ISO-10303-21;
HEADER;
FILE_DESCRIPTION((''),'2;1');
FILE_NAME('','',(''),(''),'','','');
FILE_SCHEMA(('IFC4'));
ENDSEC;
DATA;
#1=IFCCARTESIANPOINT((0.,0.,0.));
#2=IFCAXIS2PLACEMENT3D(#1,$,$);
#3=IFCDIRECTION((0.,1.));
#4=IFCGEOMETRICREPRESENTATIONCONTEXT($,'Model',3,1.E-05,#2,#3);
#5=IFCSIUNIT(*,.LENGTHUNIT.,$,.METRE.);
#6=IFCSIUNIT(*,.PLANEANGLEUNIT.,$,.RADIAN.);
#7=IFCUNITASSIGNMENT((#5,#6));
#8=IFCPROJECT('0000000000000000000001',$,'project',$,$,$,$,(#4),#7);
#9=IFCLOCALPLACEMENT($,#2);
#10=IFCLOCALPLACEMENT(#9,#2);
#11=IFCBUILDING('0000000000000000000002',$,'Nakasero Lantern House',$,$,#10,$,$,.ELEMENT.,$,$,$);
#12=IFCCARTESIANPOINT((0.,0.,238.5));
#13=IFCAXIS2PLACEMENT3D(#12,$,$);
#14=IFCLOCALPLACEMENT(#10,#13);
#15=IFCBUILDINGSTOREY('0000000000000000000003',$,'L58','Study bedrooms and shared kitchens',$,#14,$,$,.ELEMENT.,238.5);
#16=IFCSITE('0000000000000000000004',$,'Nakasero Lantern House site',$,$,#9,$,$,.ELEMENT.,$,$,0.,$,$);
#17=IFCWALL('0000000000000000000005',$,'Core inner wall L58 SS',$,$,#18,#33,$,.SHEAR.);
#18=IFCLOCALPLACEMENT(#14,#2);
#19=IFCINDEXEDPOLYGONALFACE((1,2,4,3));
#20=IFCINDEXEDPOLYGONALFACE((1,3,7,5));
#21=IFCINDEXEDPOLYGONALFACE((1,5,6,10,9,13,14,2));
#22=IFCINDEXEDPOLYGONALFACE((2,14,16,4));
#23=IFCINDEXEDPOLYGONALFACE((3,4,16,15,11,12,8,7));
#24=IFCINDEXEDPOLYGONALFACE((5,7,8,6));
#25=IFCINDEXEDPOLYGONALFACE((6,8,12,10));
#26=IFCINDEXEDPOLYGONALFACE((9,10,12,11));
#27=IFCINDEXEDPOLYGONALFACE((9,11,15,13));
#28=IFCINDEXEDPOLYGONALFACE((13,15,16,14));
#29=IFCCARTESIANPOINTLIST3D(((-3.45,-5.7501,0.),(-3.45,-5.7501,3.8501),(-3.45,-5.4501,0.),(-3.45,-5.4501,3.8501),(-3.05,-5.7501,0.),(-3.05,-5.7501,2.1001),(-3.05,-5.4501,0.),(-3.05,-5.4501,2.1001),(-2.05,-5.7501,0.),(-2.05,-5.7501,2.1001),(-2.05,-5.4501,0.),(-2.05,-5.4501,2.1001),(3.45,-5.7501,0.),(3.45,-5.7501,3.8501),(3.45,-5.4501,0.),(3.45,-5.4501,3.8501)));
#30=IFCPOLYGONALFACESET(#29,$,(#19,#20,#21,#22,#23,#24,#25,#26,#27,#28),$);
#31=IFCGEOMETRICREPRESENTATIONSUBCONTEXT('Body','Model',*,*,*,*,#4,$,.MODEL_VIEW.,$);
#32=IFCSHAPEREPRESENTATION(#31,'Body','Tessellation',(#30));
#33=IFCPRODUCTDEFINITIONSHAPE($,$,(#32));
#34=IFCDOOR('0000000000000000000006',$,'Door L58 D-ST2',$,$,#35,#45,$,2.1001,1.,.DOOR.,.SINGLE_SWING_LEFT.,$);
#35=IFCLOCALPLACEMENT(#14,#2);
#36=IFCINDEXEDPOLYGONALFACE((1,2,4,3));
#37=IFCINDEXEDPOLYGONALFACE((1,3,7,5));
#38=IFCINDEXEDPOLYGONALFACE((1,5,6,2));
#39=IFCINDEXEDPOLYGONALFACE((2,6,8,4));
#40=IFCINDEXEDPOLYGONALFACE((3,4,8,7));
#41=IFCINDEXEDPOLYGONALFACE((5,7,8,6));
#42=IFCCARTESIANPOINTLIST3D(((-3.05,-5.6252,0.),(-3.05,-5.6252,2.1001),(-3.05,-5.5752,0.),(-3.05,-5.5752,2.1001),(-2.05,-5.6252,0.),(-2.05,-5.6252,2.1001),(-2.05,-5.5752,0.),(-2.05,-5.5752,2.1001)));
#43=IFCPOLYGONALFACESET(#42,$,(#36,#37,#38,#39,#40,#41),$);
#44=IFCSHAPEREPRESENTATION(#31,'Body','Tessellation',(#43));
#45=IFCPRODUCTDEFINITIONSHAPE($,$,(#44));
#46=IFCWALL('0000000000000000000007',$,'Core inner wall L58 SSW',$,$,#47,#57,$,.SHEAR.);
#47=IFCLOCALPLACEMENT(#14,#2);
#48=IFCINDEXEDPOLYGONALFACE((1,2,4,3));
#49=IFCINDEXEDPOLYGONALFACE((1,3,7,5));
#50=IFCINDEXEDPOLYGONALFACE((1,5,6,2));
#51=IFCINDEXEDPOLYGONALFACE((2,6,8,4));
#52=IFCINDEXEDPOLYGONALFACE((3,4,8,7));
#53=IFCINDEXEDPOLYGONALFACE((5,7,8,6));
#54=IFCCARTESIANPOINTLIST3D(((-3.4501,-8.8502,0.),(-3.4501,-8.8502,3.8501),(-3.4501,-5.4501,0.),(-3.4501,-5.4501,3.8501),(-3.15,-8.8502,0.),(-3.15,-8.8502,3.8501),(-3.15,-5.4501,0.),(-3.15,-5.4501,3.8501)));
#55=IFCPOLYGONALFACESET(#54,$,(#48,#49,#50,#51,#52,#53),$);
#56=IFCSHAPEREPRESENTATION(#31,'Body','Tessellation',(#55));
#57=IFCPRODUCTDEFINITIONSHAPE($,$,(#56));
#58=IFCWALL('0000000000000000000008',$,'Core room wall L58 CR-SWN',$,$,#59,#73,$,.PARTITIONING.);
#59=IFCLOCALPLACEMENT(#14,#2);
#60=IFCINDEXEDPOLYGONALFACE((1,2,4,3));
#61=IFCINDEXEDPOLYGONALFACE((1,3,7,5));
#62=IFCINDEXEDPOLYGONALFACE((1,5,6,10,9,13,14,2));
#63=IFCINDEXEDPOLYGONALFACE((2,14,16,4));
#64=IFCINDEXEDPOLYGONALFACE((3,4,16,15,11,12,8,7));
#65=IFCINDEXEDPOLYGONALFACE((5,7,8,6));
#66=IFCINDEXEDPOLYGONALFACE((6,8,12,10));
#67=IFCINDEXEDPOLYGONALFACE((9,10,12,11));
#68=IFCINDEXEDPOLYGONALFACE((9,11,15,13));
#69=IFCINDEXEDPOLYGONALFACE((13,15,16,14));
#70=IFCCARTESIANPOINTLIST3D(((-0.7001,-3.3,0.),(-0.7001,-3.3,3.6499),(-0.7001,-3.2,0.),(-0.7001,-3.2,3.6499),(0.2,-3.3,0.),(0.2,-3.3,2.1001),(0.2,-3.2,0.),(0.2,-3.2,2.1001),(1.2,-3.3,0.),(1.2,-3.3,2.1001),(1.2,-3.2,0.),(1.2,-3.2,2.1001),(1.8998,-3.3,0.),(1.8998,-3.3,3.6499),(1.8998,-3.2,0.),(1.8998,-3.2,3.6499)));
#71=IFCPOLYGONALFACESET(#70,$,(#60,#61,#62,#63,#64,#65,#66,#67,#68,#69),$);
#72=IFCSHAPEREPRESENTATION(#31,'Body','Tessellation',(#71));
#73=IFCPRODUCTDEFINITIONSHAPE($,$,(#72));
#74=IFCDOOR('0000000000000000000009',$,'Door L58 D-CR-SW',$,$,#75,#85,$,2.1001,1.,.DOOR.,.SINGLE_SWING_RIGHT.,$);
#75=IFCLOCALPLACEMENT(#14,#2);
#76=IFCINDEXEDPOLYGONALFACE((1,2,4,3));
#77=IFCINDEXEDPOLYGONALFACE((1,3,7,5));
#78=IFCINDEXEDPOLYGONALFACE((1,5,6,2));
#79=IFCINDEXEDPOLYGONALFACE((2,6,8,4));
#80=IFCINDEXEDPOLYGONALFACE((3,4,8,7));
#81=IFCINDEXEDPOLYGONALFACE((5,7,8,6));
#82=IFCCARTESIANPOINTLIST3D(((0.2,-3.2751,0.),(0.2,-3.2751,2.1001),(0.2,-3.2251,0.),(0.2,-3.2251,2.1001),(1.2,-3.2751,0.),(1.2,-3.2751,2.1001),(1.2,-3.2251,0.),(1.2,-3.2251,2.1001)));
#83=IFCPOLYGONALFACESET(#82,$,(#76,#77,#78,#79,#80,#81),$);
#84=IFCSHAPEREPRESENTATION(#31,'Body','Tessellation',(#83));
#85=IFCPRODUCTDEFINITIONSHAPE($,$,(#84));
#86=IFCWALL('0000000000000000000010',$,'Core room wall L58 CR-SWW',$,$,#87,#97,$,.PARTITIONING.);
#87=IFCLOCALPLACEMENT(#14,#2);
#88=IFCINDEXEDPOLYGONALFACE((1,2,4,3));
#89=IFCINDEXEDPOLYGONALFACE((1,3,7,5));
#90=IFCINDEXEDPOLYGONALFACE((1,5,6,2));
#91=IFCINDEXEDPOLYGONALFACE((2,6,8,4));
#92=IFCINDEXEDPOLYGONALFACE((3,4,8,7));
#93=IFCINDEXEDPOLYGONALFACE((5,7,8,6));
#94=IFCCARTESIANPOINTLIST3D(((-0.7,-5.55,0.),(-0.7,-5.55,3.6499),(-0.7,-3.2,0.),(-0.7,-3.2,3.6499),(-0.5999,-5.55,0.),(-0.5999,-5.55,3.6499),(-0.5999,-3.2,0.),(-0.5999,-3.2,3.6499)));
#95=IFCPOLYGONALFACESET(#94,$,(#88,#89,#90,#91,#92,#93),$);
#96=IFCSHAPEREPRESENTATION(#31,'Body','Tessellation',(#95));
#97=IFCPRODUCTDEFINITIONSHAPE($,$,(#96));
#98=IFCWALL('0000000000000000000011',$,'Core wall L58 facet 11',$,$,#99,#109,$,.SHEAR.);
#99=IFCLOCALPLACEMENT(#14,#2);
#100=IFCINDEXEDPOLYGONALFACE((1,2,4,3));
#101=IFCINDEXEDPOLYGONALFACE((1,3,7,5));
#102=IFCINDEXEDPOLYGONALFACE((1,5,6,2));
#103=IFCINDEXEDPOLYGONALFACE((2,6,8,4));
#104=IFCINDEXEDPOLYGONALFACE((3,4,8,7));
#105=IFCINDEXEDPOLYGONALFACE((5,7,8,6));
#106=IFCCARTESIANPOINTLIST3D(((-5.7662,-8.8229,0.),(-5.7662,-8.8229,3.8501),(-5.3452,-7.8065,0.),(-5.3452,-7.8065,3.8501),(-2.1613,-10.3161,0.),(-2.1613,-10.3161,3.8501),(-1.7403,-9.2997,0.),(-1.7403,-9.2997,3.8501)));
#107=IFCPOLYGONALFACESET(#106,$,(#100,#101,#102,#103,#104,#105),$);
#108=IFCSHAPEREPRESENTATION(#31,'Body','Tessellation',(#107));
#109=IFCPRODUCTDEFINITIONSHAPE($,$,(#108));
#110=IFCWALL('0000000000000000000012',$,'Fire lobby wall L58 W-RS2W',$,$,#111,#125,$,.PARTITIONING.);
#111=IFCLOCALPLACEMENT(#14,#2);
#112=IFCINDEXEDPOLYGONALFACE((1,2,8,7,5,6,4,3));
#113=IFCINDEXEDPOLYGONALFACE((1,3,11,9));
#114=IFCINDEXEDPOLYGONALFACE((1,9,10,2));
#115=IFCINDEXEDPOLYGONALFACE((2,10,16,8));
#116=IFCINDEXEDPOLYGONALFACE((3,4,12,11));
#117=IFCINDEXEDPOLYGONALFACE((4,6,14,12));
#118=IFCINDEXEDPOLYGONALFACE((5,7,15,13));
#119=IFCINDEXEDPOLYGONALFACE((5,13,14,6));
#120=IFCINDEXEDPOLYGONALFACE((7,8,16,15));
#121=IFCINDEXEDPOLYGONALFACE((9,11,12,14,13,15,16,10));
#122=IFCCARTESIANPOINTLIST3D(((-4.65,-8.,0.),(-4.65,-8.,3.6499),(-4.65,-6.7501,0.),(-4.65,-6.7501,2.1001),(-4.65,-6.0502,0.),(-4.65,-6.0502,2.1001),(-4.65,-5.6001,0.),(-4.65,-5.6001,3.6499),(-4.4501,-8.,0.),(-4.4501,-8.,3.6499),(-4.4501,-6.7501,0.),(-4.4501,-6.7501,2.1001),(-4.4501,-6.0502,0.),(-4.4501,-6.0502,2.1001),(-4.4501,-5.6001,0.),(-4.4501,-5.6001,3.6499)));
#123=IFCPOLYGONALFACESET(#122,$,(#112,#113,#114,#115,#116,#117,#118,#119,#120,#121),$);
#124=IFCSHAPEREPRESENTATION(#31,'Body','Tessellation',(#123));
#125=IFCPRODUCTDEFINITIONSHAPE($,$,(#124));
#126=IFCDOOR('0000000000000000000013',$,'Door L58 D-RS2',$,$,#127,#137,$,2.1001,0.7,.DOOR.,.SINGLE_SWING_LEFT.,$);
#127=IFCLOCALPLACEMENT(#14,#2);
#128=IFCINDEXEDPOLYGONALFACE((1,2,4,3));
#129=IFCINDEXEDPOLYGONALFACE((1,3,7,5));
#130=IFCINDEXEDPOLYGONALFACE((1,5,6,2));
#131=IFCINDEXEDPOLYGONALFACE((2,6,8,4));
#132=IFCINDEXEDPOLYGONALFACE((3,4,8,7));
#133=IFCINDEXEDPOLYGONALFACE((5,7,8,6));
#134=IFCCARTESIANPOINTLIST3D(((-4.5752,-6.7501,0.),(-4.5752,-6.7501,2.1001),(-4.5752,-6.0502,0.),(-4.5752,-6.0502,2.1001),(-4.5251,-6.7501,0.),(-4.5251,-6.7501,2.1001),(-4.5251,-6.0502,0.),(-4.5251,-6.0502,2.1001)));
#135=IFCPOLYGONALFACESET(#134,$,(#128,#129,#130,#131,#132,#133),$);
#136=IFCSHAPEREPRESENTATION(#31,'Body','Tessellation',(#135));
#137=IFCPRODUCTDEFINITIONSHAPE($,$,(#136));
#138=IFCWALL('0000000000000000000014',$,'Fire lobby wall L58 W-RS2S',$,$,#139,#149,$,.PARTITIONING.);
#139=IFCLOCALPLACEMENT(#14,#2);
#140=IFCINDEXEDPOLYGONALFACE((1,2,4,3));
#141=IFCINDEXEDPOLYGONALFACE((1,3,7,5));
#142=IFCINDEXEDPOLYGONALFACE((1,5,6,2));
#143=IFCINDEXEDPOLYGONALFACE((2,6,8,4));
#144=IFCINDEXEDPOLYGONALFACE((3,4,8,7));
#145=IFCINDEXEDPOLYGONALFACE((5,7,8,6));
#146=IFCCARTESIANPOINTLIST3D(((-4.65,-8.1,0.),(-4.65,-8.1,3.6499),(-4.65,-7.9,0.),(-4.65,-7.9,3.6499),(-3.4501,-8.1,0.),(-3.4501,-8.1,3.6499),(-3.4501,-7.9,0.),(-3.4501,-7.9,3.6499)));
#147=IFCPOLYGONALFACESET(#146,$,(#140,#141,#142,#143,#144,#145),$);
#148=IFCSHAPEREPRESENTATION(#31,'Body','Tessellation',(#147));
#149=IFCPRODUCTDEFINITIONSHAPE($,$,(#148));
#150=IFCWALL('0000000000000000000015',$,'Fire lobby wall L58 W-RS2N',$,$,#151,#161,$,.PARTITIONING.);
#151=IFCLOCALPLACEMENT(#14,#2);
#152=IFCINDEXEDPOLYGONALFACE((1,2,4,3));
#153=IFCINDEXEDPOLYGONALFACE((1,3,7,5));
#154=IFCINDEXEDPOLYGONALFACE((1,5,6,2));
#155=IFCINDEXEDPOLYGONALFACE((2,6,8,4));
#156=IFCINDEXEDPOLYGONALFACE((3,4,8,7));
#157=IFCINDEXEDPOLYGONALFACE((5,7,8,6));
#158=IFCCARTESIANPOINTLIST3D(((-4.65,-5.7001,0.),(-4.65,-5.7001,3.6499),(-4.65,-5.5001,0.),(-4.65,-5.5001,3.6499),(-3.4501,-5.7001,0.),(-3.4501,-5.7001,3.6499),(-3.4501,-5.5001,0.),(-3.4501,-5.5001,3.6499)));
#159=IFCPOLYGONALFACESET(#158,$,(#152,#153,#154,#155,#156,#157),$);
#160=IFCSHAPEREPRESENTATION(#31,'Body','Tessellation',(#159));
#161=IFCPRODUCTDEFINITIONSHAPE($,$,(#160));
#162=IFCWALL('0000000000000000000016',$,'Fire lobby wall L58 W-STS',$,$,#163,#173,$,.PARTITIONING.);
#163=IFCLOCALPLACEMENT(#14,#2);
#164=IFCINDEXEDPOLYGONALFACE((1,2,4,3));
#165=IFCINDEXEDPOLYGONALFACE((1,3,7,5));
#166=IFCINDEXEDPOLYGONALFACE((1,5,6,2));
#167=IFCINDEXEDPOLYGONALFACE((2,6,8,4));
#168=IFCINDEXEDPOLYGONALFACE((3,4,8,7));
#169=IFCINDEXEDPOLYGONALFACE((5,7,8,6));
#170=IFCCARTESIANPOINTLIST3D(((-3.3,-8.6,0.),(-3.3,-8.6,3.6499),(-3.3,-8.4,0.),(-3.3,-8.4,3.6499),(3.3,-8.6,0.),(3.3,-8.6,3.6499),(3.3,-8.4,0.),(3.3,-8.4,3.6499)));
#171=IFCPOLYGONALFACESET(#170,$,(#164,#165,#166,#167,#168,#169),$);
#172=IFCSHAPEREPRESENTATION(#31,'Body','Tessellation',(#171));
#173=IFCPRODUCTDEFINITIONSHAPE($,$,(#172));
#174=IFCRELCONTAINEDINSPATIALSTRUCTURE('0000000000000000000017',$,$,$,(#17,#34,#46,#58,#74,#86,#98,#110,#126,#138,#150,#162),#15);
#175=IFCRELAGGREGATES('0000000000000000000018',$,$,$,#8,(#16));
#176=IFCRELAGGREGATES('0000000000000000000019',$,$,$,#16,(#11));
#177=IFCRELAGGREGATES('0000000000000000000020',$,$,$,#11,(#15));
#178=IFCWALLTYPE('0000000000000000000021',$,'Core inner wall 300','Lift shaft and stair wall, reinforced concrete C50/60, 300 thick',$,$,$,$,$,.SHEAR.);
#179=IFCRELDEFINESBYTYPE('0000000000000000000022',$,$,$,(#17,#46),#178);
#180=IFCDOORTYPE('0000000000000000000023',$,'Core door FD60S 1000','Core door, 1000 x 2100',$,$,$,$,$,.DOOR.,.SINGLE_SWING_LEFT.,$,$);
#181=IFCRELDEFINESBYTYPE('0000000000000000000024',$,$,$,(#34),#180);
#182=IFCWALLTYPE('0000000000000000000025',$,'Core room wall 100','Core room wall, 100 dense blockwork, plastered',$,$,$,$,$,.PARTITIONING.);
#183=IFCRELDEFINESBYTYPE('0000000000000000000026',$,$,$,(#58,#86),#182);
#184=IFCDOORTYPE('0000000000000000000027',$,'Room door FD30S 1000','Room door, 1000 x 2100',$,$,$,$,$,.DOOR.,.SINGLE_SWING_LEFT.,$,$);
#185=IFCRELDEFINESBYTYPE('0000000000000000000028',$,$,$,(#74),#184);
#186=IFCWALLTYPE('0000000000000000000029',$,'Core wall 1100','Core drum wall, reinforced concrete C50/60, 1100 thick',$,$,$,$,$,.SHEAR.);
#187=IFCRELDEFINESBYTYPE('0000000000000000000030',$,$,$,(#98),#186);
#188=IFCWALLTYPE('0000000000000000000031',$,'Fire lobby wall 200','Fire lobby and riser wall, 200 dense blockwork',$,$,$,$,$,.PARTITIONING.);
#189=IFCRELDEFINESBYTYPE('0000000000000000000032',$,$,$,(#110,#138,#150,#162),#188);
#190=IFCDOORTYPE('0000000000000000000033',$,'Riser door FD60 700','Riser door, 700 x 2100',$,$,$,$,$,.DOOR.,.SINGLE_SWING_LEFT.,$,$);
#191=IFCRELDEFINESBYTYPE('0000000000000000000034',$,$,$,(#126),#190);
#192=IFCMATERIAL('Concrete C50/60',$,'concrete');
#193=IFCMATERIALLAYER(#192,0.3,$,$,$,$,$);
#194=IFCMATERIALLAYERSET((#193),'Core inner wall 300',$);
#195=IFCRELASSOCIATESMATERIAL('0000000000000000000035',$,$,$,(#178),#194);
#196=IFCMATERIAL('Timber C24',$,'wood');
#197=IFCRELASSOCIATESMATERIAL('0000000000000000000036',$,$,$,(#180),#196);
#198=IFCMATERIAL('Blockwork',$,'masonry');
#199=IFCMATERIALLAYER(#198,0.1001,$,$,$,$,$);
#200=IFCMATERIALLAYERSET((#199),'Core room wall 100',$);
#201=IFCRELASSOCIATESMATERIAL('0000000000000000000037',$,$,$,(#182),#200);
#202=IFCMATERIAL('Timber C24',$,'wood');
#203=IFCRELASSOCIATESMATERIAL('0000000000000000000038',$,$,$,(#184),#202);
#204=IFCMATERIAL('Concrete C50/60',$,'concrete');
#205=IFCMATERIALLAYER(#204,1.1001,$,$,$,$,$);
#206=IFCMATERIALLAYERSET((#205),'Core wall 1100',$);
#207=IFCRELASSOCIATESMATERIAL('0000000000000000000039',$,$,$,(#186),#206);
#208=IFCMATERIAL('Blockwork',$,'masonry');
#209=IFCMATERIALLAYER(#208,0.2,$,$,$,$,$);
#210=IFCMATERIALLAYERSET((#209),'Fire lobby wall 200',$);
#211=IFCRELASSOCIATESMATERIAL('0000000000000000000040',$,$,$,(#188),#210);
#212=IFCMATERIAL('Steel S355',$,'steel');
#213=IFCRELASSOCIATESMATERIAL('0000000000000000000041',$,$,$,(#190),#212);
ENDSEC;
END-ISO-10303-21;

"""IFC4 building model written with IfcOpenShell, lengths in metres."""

from ifc_helpers import new_model, si_unit, direction, frame, frame_2d, origin, place, context, subcontext, project, spatial, rectangle, extrude, material, layer, layer_set, type_object, element, fill, save


model = new_model("IFC4")

# Units and contexts
model_context = context("Model", 3, precision=1e-05, world=origin(), true_north=direction((0.0, 1.0)))
body_context = subcontext(model_context, "Body", "Model", "MODEL_VIEW")
ifc_project = project(units=[si_unit("LENGTHUNIT", "METRE"), si_unit("PLANEANGLEUNIT", "RADIAN")], contexts=[model_context])

# Site, building, storey
site_placement = place(None, origin())
site = spatial("IfcSite", under=ifc_project, at=site_placement, Name="Nakasero Lantern House site", CompositionType="ELEMENT", RefElevation=0.0)
building_placement = place(site_placement, origin())
building = spatial("IfcBuilding", under=site, at=building_placement, Name="Nakasero Lantern House", CompositionType="ELEMENT")
storey_placement = place(building_placement, frame((0.0, 0.0, 238.5)))
storey = spatial("IfcBuildingStorey", under=building, at=storey_placement, Name="L58", Description="Study bedrooms and shared kitchens", CompositionType="ELEMENT", Elevation=238.5)

# Wall, opening, door
ifc_material_1 = material(Name="Concrete C50/60", Category="concrete")
ifc_layer_1 = layer(ifc_material_1, 0.3)
ifc_layer_set_1 = layer_set([ifc_layer_1], Name="Core inner wall 300")
wall_type_1 = type_object("IfcWallType", Name="Core inner wall 300", Description="Lift shaft and stair wall, reinforced concrete C50/60, 300 thick", PredefinedType="SHEAR", material=ifc_layer_set_1)
wall_1_placement = place(storey_placement, frame((-3.45, -5.6001, 0.0), z_axis=(0.0, 0.0, 1.0), x_axis=(1.0, 0.0, 0.0)))
wall_1 = element("IfcWall", 1, at=wall_1_placement, inside=storey, type_object=wall_type_1, Name="Core inner wall L58 SS", PredefinedType="SHEAR", context=body_context, shape_type="SweptSolid", body=[
    extrude(rectangle(XDim=6.8999, YDim=0.3, at=frame_2d((3.45, 0.0))), origin(), (0.0, 0.0, 1.0), 3.8501),
])
opening_1_placement = place(wall_1_placement, frame((0.3999, 0.0, 0.0)))
opening_1 = element("IfcOpeningElement", 2, at=opening_1_placement, cuts=wall_1, PredefinedType="OPENING", context=body_context, shape_type="SweptSolid", body=[
    extrude(rectangle(XDim=1.0, YDim=2.1001, at=frame_2d((0.5, 1.05))), frame((0.0, 0.1699, 0.0), z_axis=(0.0, -1.0, 0.0), x_axis=(1.0, 0.0, 0.0)), (0.0, 0.0, 1.0), 0.3401),
])
ifc_material_2 = material(Name="Timber C24", Category="wood")
door_type_1 = type_object("IfcDoorType", Name="Core door FD60S 1000", Description="Core door, 1000 x 2100", OperationType="SINGLE_SWING_LEFT", PredefinedType="DOOR", material=ifc_material_2)
door_1_placement = place(opening_1_placement, origin())
door_1 = element("IfcDoor", 3, at=door_1_placement, inside=storey, type_object=door_type_1, Name="Door L58 D-ST2", OperationType="SINGLE_SWING_LEFT", OverallHeight=2.1001, OverallWidth=1.0, PredefinedType="DOOR", context=body_context, shape_type="SweptSolid", body=[
    extrude(rectangle(XDim=1.0, YDim=2.1001, at=frame_2d((0.5, 1.05))), frame((0.0, 0.0249, 0.0), z_axis=(0.0, -1.0, 0.0), x_axis=(1.0, 0.0, 0.0)), (0.0, 0.0, 1.0), 0.05),
])
fill(opening_1, door_1)

# Wall
wall_2_placement = place(storey_placement, frame((-3.3, -5.45, 0.0), z_axis=(0.0, 0.0, 1.0), x_axis=(0.0, -1.0, 0.0)))
element("IfcWall", 4, at=wall_2_placement, inside=storey, type_object=wall_type_1, Name="Core inner wall L58 SSW", PredefinedType="SHEAR", context=body_context, shape_type="SweptSolid", body=[
    extrude(rectangle(XDim=3.4001, YDim=0.3, at=frame_2d((1.7002, 0.0))), origin(), (0.0, 0.0, 1.0), 3.8501),
])

# Wall, opening, door
ifc_material_3 = material(Name="Blockwork", Category="masonry")
ifc_layer_2 = layer(ifc_material_3, 0.1001)
ifc_layer_set_2 = layer_set([ifc_layer_2], Name="Core room wall 100")
wall_type_2 = type_object("IfcWallType", Name="Core room wall 100", Description="Core room wall, 100 dense blockwork, plastered", PredefinedType="PARTITIONING", material=ifc_layer_set_2)
wall_3_placement = place(storey_placement, frame((-0.7, -3.25, 0.0), z_axis=(0.0, 0.0, 1.0), x_axis=(1.0, 0.0, 0.0)))
wall_3 = element("IfcWall", 5, at=wall_3_placement, inside=storey, type_object=wall_type_2, Name="Core room wall L58 CR-SWN", PredefinedType="PARTITIONING", context=body_context, shape_type="SweptSolid", body=[
    extrude(rectangle(XDim=2.5999, YDim=0.1001, at=frame_2d((1.2998, 0.0))), origin(), (0.0, 0.0, 1.0), 3.6499),
])
opening_2_placement = place(wall_3_placement, frame((0.8999, 0.0, 0.0)))
opening_2 = element("IfcOpeningElement", 6, at=opening_2_placement, cuts=wall_3, PredefinedType="OPENING", context=body_context, shape_type="SweptSolid", body=[
    extrude(rectangle(XDim=1.0, YDim=2.1001, at=frame_2d((0.5, 1.05))), frame((0.0, 0.0701, 0.0), z_axis=(0.0, -1.0, 0.0), x_axis=(1.0, 0.0, 0.0)), (0.0, 0.0, 1.0), 0.1401),
])
ifc_material_4 = material(Name="Timber C24", Category="wood")
door_type_2 = type_object("IfcDoorType", Name="Room door FD30S 1000", Description="Room door, 1000 x 2100", OperationType="SINGLE_SWING_LEFT", PredefinedType="DOOR", material=ifc_material_4)
door_2_placement = place(opening_2_placement, origin())
door_2 = element("IfcDoor", 7, at=door_2_placement, inside=storey, type_object=door_type_2, Name="Door L58 D-CR-SW", OperationType="SINGLE_SWING_RIGHT", OverallHeight=2.1001, OverallWidth=1.0, PredefinedType="DOOR", context=body_context, shape_type="SweptSolid", body=[
    extrude(rectangle(XDim=1.0, YDim=2.1001, at=frame_2d((0.5, 1.05))), frame((0.0, 0.0249, 0.0), z_axis=(0.0, -1.0, 0.0), x_axis=(1.0, 0.0, 0.0)), (0.0, 0.0, 1.0), 0.05),
])
fill(opening_2, door_2)

# Walls
wall_4_placement = place(storey_placement, frame((-0.6499, -5.55, 0.0), z_axis=(0.0, 0.0, 1.0), x_axis=(0.0, 1.0, 0.0)))
element("IfcWall", 8, at=wall_4_placement, inside=storey, type_object=wall_type_2, Name="Core room wall L58 CR-SWW", PredefinedType="PARTITIONING", context=body_context, shape_type="SweptSolid", body=[
    extrude(rectangle(XDim=2.3501, YDim=0.1001, at=frame_2d((1.175, 0.0))), origin(), (0.0, 0.0, 1.0), 3.6499),
])
ifc_material_5 = material(Name="Concrete C50/60", Category="concrete")
ifc_layer_3 = layer(ifc_material_5, 1.1001)
ifc_layer_set_3 = layer_set([ifc_layer_3], Name="Core wall 1100")
wall_type_3 = type_object("IfcWallType", Name="Core wall 1100", Description="Core drum wall, reinforced concrete C50/60, 1100 thick", PredefinedType="SHEAR", material=ifc_layer_set_3)
wall_5_placement = place(storey_placement, frame((-5.5557, -8.3147, 0.0), z_axis=(0.0, 0.0, 1.0), x_axis=(0.923877, -0.382691, 0.0)))
element("IfcWall", 9, at=wall_5_placement, inside=storey, type_object=wall_type_3, Name="Core wall L58 facet 11", PredefinedType="SHEAR", context=body_context, shape_type="SweptSolid", body=[
    extrude(rectangle(XDim=3.9019, YDim=1.1001, at=frame_2d((1.9509, 0.0))), origin(), (0.0, 0.0, 1.0), 3.8501),
])

# Wall, opening, door
ifc_material_6 = material(Name="Blockwork", Category="masonry")
ifc_layer_4 = layer(ifc_material_6, 0.2)
ifc_layer_set_4 = layer_set([ifc_layer_4], Name="Fire lobby wall 200")
wall_type_4 = type_object("IfcWallType", Name="Fire lobby wall 200", Description="Fire lobby and riser wall, 200 dense blockwork", PredefinedType="PARTITIONING", material=ifc_layer_set_4)
wall_6_placement = place(storey_placement, frame((-4.55, -5.6001, 0.0), z_axis=(0.0, 0.0, 1.0), x_axis=(0.0, -1.0, 0.0)))
wall_6 = element("IfcWall", 10, at=wall_6_placement, inside=storey, type_object=wall_type_4, Name="Fire lobby wall L58 W-RS2W", PredefinedType="PARTITIONING", context=body_context, shape_type="SweptSolid", body=[
    extrude(rectangle(XDim=2.3999, YDim=0.2, at=frame_2d((1.2, 0.0))), origin(), (0.0, 0.0, 1.0), 3.6499),
])
opening_3_placement = place(wall_6_placement, frame((0.45, 0.0, 0.0)))
opening_3 = element("IfcOpeningElement", 11, at=opening_3_placement, cuts=wall_6, PredefinedType="OPENING", context=body_context, shape_type="SweptSolid", body=[
    extrude(rectangle(XDim=0.7, YDim=2.1001, at=frame_2d((0.3501, 1.05))), frame((0.0, 0.1199, 0.0), z_axis=(0.0, -1.0, 0.0), x_axis=(1.0, 0.0, 0.0)), (0.0, 0.0, 1.0), 0.24),
])
ifc_material_7 = material(Name="Steel S355", Category="steel")
door_type_3 = type_object("IfcDoorType", Name="Riser door FD60 700", Description="Riser door, 700 x 2100", OperationType="SINGLE_SWING_LEFT", PredefinedType="DOOR", material=ifc_material_7)
door_3_placement = place(opening_3_placement, origin())
door_3 = element("IfcDoor", 12, at=door_3_placement, inside=storey, type_object=door_type_3, Name="Door L58 D-RS2", OperationType="SINGLE_SWING_LEFT", OverallHeight=2.1001, OverallWidth=0.7, PredefinedType="DOOR", context=body_context, shape_type="SweptSolid", body=[
    extrude(rectangle(XDim=0.7, YDim=2.1001, at=frame_2d((0.3501, 1.05))), frame((0.0, 0.0249, 0.0), z_axis=(0.0, -1.0, 0.0), x_axis=(1.0, 0.0, 0.0)), (0.0, 0.0, 1.0), 0.05),
])
fill(opening_3, door_3)

# Walls
for number, where, z_axis, x_axis, name in (
    (13, (-3.45, -8.0, 0.0), (0.0, 0.0, 1.0), (-1.0, 0.0, 0.0), "Fire lobby wall L58 W-RS2S"),
    (14, (-3.45, -5.6001, 0.0), (0.0, 0.0, 1.0), (-1.0, 0.0, 0.0), "Fire lobby wall L58 W-RS2N"),
):
    element("IfcWall", number, at=place(storey_placement, frame(where, z_axis=z_axis, x_axis=x_axis)), inside=storey, type_object=wall_type_4, Name=name, PredefinedType="PARTITIONING", context=body_context, shape_type="SweptSolid", body=[
        extrude(rectangle(XDim=1.2, YDim=0.2, at=frame_2d((0.6001, 0.0))), origin(), (0.0, 0.0, 1.0), 3.6499),
    ])
wall_7_placement = place(storey_placement, frame((-3.3, -8.5, 0.0), z_axis=(0.0, 0.0, 1.0), x_axis=(1.0, 0.0, 0.0)))
element("IfcWall", 15, at=wall_7_placement, inside=storey, type_object=wall_type_4, Name="Fire lobby wall L58 W-STS", PredefinedType="PARTITIONING", context=body_context, shape_type="SweptSolid", body=[
    extrude(rectangle(XDim=6.6001, YDim=0.2, at=frame_2d((3.3, 0.0))), origin(), (0.0, 0.0, 1.0), 3.6499),
])

save(model, "model.ifc")
